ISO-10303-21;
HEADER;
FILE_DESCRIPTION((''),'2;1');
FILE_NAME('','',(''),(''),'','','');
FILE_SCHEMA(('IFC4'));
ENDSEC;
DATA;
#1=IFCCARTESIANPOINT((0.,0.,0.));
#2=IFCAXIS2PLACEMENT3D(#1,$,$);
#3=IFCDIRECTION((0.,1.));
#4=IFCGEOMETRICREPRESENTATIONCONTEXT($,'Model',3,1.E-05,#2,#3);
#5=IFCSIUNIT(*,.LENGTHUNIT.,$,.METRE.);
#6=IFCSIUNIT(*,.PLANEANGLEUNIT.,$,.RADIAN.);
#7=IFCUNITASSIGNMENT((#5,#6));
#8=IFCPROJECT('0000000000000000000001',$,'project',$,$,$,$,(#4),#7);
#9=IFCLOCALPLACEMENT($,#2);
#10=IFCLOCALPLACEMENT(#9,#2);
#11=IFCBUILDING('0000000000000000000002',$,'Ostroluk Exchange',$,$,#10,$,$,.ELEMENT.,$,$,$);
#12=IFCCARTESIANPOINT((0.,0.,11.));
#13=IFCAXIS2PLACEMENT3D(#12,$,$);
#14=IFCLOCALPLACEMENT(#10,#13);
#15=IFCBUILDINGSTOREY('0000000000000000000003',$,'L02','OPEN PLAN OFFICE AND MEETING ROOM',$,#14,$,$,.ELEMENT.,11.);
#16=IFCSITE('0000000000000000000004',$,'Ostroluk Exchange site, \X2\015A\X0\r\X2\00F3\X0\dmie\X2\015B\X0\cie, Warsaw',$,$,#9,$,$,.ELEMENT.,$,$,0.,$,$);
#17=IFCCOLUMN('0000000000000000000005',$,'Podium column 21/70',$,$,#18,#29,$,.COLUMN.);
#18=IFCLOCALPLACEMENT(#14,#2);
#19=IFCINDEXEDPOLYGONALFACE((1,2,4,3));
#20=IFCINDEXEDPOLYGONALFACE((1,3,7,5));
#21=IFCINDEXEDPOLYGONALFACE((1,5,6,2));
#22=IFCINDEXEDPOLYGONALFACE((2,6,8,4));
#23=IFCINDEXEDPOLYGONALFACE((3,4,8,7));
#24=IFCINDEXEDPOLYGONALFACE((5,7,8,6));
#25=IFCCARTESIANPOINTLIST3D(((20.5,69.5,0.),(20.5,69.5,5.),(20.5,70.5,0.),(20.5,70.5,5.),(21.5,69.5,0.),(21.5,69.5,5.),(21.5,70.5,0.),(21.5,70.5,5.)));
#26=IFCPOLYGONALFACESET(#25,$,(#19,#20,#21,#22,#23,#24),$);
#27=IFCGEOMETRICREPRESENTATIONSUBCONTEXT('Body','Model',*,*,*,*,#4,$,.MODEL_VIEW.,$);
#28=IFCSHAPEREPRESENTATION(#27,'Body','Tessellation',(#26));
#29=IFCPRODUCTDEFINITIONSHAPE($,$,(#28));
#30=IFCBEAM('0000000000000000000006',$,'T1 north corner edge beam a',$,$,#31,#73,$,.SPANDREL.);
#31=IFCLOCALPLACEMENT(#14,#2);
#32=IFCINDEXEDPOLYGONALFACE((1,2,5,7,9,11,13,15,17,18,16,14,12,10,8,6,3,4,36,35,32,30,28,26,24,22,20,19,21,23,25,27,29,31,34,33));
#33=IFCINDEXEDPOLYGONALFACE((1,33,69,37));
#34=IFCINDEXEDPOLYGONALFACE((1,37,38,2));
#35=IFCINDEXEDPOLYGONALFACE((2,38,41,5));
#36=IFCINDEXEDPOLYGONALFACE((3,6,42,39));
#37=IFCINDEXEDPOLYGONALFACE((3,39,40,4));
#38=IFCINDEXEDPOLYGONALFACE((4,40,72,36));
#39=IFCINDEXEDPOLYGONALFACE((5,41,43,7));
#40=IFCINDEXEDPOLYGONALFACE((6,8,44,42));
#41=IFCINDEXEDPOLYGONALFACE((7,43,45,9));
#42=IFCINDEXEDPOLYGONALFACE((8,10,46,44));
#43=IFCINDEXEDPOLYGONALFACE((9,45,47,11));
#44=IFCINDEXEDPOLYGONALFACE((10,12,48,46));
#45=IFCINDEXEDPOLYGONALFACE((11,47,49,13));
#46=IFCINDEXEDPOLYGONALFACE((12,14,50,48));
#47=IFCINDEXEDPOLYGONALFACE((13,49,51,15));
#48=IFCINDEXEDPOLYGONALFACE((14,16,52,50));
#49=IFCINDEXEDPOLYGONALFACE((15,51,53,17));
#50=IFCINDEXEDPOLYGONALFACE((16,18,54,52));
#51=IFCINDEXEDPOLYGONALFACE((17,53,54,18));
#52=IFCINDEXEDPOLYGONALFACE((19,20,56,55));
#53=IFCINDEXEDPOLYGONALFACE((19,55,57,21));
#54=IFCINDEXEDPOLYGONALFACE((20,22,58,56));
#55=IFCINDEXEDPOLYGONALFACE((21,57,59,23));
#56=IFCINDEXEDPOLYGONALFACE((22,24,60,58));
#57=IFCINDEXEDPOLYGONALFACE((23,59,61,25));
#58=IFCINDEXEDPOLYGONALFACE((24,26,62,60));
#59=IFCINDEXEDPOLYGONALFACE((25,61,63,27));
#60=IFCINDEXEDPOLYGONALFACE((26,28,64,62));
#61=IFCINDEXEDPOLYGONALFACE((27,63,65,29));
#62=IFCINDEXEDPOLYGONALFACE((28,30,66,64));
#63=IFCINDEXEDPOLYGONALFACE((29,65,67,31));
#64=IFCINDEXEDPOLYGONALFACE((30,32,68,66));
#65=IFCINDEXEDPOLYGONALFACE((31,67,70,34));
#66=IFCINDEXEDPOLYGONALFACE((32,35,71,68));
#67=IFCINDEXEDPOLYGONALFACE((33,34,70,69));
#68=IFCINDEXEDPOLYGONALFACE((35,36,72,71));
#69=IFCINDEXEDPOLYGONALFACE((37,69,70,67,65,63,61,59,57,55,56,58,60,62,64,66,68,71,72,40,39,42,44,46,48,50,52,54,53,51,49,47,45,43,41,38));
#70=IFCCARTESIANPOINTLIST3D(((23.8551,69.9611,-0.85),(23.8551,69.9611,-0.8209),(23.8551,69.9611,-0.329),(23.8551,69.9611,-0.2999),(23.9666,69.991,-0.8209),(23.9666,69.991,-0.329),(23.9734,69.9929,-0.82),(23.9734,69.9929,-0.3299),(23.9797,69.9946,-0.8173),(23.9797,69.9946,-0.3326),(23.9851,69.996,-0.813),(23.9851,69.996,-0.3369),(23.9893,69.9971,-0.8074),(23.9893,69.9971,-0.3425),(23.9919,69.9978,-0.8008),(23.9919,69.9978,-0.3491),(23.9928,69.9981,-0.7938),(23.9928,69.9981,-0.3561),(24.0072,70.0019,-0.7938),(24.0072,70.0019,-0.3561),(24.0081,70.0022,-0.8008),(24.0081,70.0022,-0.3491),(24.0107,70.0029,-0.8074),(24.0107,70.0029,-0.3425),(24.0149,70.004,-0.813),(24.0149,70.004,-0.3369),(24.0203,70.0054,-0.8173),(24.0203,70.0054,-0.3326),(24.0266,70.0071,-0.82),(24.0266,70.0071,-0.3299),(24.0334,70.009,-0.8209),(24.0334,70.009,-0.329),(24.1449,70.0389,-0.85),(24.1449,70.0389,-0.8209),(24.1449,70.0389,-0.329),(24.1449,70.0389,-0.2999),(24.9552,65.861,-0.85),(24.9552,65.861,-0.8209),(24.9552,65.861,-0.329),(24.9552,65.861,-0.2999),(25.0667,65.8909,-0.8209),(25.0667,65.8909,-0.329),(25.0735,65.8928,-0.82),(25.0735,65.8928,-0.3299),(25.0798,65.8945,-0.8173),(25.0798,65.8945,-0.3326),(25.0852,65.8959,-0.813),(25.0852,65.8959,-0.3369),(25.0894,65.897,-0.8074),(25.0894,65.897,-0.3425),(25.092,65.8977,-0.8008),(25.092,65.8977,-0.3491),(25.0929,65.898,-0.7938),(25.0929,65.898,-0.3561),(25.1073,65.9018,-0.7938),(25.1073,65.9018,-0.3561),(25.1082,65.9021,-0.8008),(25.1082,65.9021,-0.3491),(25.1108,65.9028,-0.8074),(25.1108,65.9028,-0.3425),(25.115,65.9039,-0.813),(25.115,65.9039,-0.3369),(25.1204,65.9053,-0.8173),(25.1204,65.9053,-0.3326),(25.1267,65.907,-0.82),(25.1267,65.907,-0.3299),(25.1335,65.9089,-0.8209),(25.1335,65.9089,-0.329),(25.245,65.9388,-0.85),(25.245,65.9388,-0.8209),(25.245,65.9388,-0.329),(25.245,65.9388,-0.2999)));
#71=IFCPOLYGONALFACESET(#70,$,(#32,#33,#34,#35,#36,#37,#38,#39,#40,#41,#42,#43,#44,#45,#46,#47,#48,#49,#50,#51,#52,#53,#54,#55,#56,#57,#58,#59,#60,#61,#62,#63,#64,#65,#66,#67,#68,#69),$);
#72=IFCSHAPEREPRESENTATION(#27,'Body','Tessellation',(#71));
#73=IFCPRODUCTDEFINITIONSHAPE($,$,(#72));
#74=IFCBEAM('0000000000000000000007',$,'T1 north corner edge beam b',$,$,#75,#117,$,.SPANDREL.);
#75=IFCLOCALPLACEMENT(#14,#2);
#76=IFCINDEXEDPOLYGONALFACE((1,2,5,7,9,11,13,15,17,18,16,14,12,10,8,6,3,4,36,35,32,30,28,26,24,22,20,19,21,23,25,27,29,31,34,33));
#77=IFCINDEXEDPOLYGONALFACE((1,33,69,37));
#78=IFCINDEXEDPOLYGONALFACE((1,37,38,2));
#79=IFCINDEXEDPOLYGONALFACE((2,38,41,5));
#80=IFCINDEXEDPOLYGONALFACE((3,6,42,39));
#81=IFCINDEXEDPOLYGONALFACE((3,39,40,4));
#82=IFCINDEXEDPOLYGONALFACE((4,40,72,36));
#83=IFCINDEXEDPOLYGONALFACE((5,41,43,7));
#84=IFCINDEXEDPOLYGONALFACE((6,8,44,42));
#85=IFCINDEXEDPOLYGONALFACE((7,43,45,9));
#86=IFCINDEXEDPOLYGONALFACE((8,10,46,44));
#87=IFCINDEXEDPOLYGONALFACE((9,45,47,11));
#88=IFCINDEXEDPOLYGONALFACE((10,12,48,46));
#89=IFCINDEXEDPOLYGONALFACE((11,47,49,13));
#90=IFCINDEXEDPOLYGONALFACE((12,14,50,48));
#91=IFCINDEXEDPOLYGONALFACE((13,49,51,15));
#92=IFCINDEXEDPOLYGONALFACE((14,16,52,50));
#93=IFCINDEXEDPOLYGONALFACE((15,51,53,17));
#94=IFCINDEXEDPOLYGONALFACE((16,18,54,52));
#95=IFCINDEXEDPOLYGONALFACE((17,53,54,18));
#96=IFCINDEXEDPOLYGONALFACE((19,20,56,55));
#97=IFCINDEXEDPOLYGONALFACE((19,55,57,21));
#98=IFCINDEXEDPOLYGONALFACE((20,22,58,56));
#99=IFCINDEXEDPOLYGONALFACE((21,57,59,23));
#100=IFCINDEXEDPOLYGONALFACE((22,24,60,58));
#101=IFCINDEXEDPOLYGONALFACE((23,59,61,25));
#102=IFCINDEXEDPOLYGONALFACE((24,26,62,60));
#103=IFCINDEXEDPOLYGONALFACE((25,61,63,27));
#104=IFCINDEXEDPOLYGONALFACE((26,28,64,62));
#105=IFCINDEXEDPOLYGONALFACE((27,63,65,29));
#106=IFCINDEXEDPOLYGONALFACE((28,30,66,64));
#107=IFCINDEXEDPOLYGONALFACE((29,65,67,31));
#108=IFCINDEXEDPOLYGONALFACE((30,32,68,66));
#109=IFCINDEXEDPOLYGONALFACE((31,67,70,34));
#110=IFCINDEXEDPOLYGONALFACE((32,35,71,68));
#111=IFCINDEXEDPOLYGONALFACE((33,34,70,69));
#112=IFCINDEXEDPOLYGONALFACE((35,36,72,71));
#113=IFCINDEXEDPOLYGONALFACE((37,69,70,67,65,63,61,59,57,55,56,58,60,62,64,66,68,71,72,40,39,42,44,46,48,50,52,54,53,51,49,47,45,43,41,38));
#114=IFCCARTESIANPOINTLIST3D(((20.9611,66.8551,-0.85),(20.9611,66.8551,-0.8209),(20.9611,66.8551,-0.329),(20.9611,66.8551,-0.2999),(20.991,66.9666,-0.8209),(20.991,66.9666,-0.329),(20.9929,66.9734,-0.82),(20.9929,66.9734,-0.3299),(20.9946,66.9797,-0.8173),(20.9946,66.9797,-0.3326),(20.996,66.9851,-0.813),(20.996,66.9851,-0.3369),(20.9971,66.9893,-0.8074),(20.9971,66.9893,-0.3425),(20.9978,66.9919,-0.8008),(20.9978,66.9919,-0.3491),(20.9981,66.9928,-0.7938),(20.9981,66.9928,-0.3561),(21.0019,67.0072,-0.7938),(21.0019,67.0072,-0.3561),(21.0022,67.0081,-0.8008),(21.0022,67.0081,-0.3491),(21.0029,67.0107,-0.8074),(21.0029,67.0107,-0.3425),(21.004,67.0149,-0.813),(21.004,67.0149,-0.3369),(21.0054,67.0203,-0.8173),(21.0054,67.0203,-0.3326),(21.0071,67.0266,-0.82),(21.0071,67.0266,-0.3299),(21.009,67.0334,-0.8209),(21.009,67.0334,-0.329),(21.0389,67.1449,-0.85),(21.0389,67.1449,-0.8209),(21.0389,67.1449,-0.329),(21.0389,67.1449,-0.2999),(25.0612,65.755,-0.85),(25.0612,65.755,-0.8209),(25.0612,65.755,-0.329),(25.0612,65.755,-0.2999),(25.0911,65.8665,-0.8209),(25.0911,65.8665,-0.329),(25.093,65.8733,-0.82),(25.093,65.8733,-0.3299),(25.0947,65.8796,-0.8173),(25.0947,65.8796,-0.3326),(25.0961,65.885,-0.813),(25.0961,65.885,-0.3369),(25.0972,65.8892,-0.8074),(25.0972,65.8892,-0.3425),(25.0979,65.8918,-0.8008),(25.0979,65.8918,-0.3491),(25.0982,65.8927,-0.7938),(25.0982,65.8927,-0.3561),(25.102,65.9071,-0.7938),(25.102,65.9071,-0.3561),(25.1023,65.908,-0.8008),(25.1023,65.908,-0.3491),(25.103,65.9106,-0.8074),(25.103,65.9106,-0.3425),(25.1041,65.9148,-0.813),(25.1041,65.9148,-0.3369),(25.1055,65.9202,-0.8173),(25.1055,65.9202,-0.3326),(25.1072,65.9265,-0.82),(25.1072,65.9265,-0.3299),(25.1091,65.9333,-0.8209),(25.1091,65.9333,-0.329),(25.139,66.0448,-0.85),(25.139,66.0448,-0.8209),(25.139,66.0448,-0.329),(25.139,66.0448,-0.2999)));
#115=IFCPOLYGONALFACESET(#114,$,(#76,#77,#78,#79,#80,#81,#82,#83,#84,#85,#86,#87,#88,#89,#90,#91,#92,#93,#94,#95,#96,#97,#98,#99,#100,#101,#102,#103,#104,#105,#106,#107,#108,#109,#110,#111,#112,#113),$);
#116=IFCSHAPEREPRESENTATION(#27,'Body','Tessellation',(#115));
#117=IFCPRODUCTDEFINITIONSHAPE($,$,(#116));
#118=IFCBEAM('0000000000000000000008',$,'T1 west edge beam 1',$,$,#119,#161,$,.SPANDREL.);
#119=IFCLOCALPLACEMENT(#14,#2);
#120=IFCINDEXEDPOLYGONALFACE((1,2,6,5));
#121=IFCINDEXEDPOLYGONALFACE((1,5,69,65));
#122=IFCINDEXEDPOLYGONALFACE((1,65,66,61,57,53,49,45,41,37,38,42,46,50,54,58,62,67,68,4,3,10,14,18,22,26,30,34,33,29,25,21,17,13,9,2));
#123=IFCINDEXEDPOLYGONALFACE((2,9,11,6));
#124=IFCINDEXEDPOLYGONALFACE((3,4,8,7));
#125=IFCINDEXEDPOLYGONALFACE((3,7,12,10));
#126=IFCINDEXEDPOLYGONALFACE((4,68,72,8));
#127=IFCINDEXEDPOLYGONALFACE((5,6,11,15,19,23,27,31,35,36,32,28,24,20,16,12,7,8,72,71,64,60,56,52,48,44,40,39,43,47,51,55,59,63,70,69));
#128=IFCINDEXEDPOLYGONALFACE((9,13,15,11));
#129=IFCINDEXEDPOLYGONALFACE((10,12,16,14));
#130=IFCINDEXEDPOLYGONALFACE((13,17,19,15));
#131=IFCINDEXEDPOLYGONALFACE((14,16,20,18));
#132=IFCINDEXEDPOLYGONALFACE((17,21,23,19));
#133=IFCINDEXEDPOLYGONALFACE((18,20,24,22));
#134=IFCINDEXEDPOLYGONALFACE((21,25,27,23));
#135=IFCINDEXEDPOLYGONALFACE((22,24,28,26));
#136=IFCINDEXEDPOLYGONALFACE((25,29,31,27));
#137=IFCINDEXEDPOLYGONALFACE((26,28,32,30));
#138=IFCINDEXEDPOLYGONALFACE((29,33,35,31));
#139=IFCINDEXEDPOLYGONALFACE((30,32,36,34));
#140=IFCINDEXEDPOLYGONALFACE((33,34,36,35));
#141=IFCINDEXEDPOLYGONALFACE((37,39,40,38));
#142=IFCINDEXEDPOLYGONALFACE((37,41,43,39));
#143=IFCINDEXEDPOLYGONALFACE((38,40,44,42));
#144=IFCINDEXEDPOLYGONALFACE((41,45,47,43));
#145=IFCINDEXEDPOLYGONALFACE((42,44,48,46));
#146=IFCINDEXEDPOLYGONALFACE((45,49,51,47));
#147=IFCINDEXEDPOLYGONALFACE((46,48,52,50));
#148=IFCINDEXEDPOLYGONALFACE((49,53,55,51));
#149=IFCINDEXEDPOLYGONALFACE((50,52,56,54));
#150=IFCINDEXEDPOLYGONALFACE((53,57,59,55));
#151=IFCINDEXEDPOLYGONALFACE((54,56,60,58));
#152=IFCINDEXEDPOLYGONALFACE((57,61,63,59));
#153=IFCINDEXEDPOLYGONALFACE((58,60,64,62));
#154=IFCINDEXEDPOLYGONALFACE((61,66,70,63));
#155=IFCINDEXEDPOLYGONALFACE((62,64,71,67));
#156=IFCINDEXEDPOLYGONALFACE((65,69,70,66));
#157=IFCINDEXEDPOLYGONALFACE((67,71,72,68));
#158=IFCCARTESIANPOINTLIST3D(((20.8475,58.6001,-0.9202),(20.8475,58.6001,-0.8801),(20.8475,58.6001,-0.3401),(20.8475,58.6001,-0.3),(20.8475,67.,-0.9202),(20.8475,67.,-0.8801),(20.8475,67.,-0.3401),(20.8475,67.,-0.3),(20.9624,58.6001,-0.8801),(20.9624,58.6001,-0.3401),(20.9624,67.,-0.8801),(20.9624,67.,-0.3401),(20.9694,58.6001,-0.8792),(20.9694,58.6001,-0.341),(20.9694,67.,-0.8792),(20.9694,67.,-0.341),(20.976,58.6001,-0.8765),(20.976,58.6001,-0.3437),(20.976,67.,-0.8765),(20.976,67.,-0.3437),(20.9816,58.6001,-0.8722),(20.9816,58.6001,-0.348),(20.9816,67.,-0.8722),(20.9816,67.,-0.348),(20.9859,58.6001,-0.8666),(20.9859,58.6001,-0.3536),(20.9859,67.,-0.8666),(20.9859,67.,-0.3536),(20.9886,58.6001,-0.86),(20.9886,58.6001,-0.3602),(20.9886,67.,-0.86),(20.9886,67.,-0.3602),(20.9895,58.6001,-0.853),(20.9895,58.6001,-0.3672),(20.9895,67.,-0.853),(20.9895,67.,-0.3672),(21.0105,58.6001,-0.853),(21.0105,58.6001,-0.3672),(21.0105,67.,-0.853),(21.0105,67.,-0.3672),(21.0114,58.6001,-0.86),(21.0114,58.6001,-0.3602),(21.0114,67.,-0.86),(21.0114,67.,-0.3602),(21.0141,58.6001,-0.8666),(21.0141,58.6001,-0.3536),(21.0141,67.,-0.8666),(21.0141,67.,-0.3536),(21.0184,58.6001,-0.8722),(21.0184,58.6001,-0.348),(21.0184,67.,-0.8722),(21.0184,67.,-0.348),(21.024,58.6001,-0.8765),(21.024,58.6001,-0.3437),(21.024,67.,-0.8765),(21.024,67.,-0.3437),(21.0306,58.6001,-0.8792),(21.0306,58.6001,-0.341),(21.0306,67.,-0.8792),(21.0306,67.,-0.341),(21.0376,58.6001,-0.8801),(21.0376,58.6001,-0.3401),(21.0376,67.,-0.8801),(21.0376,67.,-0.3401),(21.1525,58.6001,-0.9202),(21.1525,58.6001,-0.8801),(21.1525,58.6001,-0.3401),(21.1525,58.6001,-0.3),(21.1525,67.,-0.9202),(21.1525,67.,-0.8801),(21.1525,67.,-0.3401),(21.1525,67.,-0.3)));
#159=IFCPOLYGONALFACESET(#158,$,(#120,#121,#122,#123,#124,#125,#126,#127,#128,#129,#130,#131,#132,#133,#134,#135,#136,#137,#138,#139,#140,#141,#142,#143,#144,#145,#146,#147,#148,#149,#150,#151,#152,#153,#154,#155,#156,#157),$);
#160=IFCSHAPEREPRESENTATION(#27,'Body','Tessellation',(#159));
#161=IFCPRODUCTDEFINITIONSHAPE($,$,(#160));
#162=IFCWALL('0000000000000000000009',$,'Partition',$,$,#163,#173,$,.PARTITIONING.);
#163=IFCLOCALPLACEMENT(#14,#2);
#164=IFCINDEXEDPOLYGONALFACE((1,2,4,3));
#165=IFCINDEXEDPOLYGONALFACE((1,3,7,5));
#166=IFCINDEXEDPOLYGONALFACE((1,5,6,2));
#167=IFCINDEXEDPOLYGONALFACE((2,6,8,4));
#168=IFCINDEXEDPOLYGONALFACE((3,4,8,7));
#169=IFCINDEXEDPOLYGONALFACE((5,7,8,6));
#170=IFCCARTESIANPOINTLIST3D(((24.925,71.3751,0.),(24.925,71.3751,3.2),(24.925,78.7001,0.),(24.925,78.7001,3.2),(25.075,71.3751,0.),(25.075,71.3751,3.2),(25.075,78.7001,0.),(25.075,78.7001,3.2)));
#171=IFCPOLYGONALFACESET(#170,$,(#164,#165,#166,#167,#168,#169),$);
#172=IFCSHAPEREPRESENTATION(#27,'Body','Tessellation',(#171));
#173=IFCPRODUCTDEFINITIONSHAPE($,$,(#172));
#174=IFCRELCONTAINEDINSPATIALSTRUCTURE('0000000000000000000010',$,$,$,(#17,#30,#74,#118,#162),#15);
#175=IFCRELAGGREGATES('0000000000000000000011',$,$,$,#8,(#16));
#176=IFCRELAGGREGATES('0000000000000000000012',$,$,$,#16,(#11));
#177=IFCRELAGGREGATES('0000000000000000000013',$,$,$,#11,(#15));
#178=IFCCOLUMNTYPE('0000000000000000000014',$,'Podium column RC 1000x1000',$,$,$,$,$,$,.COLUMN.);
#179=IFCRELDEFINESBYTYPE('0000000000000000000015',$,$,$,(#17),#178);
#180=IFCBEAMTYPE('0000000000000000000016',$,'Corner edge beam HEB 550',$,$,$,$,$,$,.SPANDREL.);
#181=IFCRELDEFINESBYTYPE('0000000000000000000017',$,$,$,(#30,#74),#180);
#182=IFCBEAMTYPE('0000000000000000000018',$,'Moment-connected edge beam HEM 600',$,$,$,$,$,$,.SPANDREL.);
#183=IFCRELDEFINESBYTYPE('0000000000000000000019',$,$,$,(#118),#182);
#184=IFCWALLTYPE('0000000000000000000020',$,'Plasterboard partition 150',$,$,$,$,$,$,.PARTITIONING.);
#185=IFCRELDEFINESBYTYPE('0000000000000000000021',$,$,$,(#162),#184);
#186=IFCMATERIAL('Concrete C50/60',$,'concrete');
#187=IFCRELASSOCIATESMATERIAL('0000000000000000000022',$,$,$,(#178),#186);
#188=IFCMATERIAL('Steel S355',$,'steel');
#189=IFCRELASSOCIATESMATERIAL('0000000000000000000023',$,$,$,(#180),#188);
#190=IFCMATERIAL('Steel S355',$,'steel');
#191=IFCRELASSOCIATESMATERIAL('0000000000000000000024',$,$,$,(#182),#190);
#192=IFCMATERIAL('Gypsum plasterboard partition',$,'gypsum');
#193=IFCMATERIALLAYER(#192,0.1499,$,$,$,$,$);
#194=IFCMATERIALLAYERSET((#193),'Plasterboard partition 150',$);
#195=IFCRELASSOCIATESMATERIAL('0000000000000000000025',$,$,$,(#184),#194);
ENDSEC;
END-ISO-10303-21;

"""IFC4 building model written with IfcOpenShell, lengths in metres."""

from ifc_helpers import new_model, si_unit, direction, frame, frame_2d, origin, origin_2d, place, context, subcontext, project, spatial, rectangle, i_section, extrude, material, layer, layer_set, material_profile, profile_set, type_object, element, save


model = new_model("IFC4")

# Units and contexts
model_context = context("Model", 3, precision=1e-05, world=origin(), true_north=direction((0.0, 1.0)))
body_context = subcontext(model_context, "Body", "Model", "MODEL_VIEW")
ifc_project = project(units=[si_unit("LENGTHUNIT", "METRE"), si_unit("PLANEANGLEUNIT", "RADIAN")], contexts=[model_context])

# Site, building, storey
site_placement = place(None, origin())
site = spatial("IfcSite", under=ifc_project, at=site_placement, Name="Ostroluk Exchange site, Śródmieście, Warsaw", CompositionType="ELEMENT", RefElevation=0.0)
building_placement = place(site_placement, origin())
building = spatial("IfcBuilding", under=site, at=building_placement, Name="Ostroluk Exchange", CompositionType="ELEMENT")
storey_placement = place(building_placement, frame((0.0, 0.0, 11.0)))
storey = spatial("IfcBuildingStorey", under=building, at=storey_placement, Name="L02", Description="OPEN PLAN OFFICE AND MEETING ROOM", CompositionType="ELEMENT", Elevation=11.0)

# Column
ifc_material_1 = material(Name="Concrete C50/60", Category="concrete")
ifc_material_profile_1 = material_profile(ifc_material_1, rectangle(XDim=1.0, YDim=1.0, at=origin_2d()), Name="RC 1000x1000")
ifc_profile_set_1 = profile_set([ifc_material_profile_1], Name="Concrete C50/60")
column_type_1 = type_object("IfcColumnType", Name="Podium column RC 1000x1000", PredefinedType="COLUMN", material=ifc_profile_set_1)
column_1_placement = place(storey_placement, frame((21.0, 70.0, 0.0), z_axis=(0.0, 0.0, 1.0), x_axis=(1.0, 0.0, 0.0)))
element("IfcColumn", 1, at=column_1_placement, inside=storey, type_object=column_type_1, Name="Podium column 21/70", PredefinedType="COLUMN", context=body_context, shape_type="SweptSolid", body=[
    extrude(rectangle(XDim=1.0, YDim=1.0, at=origin_2d()), origin(), (0.0, 0.0, 1.0), 5.0),
])

# Beams
ifc_material_2 = material(Name="Steel S355", Category="steel")
ifc_material_profile_2 = material_profile(ifc_material_2, i_section(OverallWidth=0.3, OverallDepth=0.55, WebThickness=0.0149, FlangeThickness=0.0291, FilletRadius=0.0271, at=origin_2d()), Name="HEB 550")
ifc_profile_set_2 = profile_set([ifc_material_profile_2], Name="Steel S355")
beam_type_1 = type_object("IfcBeamType", Name="Corner edge beam HEB 550", PredefinedType="SPANDREL", material=ifc_profile_set_2)
for number, where, z_axis, x_axis, name in (
    (2, (25.1001, 65.8999, -0.575), (-0.259144, 0.965839, 0.0), (-0.965839, -0.259144, 0.0), "T1 north corner edge beam a"),
    (3, (25.1001, 65.8999, -0.575), (-0.965839, 0.259144, 0.0), (-0.259144, -0.965839, 0.0), "T1 north corner edge beam b"),
):
    element("IfcBeam", number, at=place(storey_placement, frame(where, z_axis=z_axis, x_axis=x_axis)), inside=storey, type_object=beam_type_1, Name=name, PredefinedType="SPANDREL", context=body_context, shape_type="SweptSolid", body=[
        extrude(i_section(OverallWidth=0.3, OverallDepth=0.55, WebThickness=0.0149, FlangeThickness=0.0291, FilletRadius=0.0271, at=origin_2d()), origin(), (0.0, 0.0, 1.0), 4.2451),
    ])
ifc_material_3 = material(Name="Steel S355", Category="steel")
ifc_material_profile_3 = material_profile(ifc_material_3, i_section(OverallWidth=0.3049, OverallDepth=0.6201, WebThickness=0.021, FlangeThickness=0.04, FilletRadius=0.0271, at=origin_2d()), Name="HEM 600")
ifc_profile_set_3 = profile_set([ifc_material_profile_3], Name="Steel S355")
beam_type_2 = type_object("IfcBeamType", Name="Moment-connected edge beam HEM 600", PredefinedType="SPANDREL", material=ifc_profile_set_3)
beam_placement = place(storey_placement, frame((21.0, 67.0, -0.6101), z_axis=(0.0, -1.0, 0.0), x_axis=(1.0, 0.0, 0.0)))
element("IfcBeam", 4, at=beam_placement, inside=storey, type_object=beam_type_2, Name="T1 west edge beam 1", PredefinedType="SPANDREL", context=body_context, shape_type="SweptSolid", body=[
    extrude(i_section(OverallWidth=0.3049, OverallDepth=0.6201, WebThickness=0.021, FlangeThickness=0.04, FilletRadius=0.0271, at=origin_2d()), origin(), (0.0, 0.0, 1.0), 8.3999),
])

# Shared definitions
ifc_material_4 = material(Name="Gypsum plasterboard partition", Category="gypsum")
ifc_layer = layer(ifc_material_4, 0.1499)
ifc_layer_set = layer_set([ifc_layer], Name="Plasterboard partition 150")
wall_type = type_object("IfcWallType", Name="Plasterboard partition 150", PredefinedType="PARTITIONING", material=ifc_layer_set)

# Wall
wall_1_placement = place(storey_placement, frame((25.0, 71.375, 0.0), z_axis=(0.0, 0.0, 1.0), x_axis=(0.0, 1.0, 0.0)))
element("IfcWall", 5, at=wall_1_placement, inside=storey, type_object=wall_type, Name="Partition", PredefinedType="PARTITIONING", context=body_context, shape_type="SweptSolid", body=[
    extrude(rectangle(XDim=7.325, YDim=0.1499, at=frame_2d((3.6626, 0.0))), origin(), (0.0, 0.0, 1.0), 3.2),
])

save(model, "model.ifc")
